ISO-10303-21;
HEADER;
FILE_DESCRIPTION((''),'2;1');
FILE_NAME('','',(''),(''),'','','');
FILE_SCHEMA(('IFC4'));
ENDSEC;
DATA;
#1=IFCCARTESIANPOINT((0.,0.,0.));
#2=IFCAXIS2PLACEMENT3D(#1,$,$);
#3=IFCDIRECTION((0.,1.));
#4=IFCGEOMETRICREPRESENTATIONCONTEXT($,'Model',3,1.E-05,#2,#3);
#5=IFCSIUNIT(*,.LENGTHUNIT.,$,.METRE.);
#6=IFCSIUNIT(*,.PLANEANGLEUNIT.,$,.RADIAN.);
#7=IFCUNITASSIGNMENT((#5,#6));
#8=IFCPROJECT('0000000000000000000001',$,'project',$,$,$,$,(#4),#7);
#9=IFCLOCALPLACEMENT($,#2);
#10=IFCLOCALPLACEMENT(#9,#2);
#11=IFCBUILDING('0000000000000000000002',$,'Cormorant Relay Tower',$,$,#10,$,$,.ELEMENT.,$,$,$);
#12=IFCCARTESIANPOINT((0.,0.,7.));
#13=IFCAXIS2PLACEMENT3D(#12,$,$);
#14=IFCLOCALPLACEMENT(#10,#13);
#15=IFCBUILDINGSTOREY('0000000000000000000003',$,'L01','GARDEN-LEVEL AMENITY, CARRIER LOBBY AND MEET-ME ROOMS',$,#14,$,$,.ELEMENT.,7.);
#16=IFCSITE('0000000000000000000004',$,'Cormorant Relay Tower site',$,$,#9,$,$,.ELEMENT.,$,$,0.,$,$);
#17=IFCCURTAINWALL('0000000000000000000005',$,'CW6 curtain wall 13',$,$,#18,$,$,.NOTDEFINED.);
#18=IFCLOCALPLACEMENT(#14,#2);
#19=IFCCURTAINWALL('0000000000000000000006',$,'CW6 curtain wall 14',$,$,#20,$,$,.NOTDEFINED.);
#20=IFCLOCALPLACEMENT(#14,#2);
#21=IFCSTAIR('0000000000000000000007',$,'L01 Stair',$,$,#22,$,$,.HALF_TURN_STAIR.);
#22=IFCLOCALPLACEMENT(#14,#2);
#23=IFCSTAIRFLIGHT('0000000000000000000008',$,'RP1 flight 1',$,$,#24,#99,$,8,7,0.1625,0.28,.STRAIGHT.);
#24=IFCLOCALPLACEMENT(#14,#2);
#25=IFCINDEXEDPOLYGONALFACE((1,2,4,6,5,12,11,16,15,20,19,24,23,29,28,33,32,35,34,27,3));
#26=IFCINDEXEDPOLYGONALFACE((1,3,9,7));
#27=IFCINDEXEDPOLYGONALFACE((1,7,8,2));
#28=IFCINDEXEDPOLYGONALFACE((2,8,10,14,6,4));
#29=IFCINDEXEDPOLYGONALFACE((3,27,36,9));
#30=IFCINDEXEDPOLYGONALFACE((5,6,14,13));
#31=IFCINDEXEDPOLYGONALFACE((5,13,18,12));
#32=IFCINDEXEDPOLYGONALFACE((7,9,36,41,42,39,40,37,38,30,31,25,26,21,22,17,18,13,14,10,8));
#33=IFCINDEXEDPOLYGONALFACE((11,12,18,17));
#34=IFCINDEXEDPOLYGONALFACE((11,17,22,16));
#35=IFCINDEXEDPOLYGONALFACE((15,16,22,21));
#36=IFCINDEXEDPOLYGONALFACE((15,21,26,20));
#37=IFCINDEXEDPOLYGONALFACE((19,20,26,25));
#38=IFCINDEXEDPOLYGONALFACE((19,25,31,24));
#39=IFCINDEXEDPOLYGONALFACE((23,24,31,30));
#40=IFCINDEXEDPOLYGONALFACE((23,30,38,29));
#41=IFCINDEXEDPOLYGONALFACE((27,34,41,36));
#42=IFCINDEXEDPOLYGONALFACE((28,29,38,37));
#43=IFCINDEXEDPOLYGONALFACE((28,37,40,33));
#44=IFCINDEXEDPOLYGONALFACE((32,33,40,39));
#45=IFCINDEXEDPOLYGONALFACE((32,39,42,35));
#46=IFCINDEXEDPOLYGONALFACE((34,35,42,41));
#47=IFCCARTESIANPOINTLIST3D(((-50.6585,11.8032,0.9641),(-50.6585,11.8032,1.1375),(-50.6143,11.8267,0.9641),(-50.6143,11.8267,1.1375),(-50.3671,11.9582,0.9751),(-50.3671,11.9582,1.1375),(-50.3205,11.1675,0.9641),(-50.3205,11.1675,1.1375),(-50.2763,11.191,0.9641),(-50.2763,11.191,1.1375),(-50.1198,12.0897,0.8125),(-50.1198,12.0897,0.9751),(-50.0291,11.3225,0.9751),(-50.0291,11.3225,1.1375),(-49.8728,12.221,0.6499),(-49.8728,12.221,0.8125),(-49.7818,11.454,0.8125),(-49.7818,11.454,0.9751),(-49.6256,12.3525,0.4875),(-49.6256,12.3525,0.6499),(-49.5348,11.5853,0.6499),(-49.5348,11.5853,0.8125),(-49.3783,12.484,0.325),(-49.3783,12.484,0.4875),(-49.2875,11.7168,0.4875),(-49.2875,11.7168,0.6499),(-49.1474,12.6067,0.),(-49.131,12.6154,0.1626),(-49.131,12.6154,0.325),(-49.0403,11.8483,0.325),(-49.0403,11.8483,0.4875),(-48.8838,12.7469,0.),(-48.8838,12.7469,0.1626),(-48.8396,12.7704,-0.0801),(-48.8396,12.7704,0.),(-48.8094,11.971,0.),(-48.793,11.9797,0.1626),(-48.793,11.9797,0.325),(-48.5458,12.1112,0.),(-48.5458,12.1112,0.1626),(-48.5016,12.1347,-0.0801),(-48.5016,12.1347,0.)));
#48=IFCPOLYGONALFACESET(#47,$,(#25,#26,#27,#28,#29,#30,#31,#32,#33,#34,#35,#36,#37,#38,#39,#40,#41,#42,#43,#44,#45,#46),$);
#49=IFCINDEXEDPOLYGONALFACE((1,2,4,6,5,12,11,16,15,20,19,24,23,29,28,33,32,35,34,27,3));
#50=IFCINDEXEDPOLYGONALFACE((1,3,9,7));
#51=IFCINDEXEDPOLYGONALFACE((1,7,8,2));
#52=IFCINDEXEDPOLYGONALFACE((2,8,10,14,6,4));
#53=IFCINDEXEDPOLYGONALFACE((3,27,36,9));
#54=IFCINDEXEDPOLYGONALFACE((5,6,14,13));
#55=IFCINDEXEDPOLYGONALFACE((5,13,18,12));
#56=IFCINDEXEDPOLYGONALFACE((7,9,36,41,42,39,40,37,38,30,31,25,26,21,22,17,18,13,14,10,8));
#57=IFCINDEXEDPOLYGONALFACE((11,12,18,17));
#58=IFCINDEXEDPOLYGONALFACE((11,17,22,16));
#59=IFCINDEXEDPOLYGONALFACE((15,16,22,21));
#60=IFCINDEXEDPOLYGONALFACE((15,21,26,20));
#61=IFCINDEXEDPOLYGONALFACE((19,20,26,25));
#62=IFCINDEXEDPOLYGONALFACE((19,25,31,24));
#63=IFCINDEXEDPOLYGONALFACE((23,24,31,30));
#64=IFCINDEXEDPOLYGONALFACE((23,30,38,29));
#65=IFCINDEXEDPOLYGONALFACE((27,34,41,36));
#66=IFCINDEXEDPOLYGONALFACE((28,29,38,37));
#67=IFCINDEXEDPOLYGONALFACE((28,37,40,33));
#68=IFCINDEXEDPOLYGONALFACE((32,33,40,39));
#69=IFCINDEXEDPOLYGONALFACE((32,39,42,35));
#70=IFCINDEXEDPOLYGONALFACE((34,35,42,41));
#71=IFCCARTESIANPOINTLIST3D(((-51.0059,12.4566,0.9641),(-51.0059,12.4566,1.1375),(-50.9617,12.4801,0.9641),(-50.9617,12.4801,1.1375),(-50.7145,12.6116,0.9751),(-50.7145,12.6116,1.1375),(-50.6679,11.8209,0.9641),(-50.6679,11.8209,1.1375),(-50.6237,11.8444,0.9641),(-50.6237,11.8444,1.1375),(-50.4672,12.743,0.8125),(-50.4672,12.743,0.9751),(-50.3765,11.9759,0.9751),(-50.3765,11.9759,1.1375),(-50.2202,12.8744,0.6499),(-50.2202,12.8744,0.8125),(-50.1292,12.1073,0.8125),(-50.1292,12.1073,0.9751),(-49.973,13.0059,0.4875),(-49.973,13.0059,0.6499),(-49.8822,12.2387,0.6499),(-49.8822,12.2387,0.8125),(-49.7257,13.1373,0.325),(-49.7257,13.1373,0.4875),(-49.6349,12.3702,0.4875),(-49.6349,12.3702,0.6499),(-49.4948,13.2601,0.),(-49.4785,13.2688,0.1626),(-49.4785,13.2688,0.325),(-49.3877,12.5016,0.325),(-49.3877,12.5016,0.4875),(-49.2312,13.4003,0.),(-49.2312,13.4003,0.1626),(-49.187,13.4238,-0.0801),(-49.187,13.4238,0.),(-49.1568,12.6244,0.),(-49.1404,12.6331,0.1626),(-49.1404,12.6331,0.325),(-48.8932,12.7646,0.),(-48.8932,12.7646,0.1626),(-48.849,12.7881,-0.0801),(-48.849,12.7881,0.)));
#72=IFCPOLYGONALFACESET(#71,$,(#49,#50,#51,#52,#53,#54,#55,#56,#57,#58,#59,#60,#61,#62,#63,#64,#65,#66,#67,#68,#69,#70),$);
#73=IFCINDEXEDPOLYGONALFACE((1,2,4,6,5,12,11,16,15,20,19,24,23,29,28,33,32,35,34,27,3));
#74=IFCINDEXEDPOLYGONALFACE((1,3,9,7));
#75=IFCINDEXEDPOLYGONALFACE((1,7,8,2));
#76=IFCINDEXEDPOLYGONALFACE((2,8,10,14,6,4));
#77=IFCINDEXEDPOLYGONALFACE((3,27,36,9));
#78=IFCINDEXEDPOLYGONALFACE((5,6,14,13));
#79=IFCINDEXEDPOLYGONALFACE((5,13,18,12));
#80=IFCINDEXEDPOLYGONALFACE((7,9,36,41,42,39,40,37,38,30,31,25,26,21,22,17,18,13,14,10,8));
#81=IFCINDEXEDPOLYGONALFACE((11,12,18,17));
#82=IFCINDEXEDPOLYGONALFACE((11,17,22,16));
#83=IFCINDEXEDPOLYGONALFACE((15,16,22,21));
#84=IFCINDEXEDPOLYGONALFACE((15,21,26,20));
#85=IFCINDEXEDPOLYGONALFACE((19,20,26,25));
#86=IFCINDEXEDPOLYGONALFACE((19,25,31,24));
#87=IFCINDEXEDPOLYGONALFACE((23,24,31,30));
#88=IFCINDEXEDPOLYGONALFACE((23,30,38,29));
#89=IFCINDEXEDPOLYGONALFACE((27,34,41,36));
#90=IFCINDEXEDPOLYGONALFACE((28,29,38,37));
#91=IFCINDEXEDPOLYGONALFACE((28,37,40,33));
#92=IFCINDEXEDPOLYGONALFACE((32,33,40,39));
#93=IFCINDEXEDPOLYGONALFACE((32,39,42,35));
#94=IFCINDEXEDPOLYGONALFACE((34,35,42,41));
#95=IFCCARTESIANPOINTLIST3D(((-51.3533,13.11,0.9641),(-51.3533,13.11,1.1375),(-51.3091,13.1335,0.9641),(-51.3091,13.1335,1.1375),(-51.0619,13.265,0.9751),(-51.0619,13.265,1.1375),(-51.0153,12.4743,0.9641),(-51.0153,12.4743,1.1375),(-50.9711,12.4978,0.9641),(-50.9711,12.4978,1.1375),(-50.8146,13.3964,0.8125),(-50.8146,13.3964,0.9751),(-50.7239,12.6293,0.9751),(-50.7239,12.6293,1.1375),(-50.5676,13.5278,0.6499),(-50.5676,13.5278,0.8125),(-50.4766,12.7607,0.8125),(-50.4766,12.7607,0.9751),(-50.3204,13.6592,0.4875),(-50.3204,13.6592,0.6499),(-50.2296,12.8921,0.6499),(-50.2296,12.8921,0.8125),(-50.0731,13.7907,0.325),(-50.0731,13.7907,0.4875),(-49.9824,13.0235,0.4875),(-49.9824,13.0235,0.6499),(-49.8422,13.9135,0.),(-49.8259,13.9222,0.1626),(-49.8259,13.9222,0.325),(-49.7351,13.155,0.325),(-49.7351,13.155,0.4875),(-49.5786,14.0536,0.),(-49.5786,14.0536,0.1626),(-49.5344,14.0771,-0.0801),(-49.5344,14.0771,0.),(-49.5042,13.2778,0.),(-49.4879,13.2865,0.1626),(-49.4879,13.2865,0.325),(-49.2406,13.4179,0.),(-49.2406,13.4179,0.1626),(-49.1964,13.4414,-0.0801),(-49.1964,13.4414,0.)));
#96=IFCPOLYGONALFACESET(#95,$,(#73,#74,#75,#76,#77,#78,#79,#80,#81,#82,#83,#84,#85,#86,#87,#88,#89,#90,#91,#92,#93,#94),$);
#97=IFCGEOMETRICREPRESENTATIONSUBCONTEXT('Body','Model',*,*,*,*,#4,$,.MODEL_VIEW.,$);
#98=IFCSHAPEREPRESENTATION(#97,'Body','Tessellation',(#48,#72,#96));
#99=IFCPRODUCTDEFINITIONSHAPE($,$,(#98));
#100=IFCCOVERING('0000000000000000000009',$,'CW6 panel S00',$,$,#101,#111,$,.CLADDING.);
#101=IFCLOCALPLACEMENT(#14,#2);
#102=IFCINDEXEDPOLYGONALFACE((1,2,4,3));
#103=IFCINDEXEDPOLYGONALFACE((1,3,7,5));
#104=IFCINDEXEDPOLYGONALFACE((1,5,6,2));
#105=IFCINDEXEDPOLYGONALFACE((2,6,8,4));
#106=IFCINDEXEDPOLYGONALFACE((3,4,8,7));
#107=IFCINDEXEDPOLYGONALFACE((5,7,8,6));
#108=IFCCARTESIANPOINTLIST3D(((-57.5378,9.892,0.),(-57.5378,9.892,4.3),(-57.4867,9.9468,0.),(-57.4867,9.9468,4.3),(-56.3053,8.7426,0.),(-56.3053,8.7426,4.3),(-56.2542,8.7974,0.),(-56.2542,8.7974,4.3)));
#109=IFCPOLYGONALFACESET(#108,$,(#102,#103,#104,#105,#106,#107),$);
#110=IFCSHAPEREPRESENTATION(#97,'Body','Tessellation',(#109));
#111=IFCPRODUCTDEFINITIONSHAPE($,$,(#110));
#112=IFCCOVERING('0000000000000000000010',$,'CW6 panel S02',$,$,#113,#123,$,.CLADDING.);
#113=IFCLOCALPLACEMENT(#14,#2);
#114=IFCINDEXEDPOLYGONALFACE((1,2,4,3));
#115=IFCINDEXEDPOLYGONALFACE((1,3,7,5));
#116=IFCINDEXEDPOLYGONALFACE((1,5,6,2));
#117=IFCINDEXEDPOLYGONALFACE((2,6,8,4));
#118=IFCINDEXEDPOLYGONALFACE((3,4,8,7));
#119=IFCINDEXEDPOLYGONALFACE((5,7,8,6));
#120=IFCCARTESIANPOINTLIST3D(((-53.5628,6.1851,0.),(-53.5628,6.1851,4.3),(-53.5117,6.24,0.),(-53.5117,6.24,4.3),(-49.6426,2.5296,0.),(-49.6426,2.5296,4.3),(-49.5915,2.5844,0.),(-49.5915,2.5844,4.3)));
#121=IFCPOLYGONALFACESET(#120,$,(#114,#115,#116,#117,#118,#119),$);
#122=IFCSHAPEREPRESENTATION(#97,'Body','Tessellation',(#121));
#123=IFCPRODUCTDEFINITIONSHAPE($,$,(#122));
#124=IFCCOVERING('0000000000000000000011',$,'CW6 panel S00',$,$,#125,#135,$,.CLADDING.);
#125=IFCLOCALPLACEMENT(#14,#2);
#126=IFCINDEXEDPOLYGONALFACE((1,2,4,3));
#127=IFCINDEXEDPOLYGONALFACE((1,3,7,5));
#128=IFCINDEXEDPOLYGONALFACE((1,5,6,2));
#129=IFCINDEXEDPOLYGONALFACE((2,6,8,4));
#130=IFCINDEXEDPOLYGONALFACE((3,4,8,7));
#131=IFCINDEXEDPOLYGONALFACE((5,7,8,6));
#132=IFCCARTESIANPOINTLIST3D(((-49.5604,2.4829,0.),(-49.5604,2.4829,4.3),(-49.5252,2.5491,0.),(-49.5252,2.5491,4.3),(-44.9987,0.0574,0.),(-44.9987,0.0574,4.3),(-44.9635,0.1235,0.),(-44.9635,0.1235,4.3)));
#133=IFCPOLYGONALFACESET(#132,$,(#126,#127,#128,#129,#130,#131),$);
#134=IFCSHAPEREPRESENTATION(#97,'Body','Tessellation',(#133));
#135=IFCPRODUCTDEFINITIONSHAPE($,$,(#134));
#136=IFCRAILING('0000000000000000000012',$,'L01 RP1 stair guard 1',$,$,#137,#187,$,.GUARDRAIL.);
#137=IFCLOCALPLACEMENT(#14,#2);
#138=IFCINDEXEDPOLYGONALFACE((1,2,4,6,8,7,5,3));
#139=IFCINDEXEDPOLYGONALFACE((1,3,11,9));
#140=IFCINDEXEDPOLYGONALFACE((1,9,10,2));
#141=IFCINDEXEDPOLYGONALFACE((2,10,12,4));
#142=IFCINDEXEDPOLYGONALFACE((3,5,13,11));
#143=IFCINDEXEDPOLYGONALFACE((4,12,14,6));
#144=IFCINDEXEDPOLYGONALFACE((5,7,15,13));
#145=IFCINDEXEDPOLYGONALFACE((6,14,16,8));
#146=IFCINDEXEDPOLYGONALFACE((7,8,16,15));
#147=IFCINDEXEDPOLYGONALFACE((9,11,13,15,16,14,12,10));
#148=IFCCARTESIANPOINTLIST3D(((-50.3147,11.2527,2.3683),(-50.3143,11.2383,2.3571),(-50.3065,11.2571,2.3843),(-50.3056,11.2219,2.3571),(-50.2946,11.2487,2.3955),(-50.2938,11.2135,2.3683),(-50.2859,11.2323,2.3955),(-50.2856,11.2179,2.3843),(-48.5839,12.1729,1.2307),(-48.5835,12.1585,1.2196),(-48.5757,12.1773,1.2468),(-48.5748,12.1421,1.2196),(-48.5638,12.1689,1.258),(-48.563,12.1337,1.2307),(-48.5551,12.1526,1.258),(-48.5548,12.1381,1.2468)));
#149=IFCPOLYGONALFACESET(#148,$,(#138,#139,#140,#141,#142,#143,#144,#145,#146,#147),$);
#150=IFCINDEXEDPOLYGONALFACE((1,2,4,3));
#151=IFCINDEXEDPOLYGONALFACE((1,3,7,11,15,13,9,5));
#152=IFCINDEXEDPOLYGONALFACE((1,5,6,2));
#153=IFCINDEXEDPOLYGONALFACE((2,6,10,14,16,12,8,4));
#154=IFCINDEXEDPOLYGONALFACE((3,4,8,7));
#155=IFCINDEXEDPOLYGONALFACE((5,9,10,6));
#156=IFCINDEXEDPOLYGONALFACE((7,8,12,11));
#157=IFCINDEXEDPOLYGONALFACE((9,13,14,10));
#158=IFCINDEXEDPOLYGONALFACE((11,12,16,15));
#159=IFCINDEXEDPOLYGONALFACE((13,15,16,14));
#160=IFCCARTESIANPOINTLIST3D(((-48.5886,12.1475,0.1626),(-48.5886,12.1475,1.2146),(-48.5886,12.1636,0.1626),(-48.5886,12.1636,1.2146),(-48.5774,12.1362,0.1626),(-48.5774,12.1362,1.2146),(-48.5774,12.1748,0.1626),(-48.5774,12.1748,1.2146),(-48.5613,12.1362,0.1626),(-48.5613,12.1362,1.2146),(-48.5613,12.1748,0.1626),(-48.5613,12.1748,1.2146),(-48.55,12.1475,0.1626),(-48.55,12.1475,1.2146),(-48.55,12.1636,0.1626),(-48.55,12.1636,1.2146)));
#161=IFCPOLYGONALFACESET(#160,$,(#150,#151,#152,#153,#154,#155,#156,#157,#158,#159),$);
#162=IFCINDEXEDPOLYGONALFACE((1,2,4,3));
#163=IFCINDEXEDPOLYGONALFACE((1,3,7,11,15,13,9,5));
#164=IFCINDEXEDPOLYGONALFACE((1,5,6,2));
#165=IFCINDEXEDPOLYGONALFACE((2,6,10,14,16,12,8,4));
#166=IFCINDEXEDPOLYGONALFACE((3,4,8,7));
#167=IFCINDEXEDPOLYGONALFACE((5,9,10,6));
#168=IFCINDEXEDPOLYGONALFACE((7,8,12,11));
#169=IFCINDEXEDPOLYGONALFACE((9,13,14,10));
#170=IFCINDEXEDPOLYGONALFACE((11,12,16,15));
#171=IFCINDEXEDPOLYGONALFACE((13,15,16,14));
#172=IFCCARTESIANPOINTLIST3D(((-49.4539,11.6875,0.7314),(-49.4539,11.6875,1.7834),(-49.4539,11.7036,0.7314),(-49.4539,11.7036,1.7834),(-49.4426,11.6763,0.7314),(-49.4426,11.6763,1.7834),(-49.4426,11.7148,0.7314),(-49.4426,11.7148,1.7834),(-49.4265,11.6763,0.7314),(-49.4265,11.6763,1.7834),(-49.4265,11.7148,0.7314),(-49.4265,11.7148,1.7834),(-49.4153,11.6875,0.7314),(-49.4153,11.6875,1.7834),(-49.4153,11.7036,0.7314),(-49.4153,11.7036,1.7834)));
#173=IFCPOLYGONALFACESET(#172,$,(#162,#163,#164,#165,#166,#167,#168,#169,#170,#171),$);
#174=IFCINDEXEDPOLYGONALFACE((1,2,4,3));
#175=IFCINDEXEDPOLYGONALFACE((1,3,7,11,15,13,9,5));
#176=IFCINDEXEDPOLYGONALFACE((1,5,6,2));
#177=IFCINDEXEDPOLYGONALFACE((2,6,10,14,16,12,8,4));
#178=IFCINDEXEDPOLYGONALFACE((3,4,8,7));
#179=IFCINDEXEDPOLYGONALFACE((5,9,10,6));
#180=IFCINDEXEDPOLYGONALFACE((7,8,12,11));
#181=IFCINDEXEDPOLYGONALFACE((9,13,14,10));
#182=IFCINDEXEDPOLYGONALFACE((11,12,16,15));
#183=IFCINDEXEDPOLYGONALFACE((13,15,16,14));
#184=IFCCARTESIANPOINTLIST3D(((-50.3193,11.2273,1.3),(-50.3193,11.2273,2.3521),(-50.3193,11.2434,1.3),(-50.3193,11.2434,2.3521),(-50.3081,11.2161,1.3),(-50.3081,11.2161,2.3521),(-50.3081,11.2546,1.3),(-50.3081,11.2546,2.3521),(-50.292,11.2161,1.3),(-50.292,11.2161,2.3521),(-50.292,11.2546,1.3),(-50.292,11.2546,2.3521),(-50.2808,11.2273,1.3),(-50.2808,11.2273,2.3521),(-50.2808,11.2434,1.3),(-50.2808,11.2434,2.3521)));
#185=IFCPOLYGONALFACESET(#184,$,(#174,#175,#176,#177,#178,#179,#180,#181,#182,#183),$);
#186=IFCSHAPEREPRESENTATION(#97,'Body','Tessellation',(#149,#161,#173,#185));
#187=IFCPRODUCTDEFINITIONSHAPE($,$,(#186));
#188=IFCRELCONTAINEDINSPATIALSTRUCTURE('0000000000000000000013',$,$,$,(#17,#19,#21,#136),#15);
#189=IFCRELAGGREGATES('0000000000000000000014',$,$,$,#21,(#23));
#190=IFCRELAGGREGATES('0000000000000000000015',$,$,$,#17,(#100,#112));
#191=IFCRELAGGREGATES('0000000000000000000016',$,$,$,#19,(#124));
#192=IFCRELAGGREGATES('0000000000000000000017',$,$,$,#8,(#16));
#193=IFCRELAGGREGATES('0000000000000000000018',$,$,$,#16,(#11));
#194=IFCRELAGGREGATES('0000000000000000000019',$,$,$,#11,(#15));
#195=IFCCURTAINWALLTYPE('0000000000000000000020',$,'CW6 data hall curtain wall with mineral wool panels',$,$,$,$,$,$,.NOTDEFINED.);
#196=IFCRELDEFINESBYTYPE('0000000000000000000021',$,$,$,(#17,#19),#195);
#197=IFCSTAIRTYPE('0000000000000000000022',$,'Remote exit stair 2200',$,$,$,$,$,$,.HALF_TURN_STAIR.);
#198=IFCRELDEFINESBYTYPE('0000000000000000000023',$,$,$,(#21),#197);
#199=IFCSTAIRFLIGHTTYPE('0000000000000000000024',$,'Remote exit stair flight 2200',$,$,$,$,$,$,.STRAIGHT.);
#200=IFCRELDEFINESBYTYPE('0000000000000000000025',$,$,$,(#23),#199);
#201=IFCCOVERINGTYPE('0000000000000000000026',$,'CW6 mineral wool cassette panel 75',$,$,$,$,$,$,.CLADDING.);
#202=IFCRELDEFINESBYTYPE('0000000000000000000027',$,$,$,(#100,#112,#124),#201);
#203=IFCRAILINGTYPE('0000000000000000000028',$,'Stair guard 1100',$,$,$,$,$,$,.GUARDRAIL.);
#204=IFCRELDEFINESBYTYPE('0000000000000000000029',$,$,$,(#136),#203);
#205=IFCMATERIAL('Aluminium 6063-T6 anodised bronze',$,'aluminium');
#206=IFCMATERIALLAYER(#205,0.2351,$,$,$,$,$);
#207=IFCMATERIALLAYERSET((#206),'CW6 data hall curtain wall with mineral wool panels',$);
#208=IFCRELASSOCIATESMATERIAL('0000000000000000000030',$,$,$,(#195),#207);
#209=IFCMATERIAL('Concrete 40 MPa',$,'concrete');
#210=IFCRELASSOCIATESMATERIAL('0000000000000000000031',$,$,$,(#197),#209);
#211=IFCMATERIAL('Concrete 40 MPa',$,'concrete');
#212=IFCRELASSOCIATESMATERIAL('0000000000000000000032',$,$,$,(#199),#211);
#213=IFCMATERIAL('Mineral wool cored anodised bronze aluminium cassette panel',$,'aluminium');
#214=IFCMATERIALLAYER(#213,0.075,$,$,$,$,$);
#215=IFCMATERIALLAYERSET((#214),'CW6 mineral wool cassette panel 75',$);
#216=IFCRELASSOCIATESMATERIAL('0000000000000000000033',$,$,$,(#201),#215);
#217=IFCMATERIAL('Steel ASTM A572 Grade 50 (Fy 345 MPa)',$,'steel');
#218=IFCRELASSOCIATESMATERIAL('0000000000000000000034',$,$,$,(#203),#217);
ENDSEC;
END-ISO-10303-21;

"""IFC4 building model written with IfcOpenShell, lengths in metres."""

from ifc_helpers import new_model, si_unit, direction, frame, origin, origin_2d, place, context, subcontext, project, spatial, polyline, rectangle, outline, extrude, material, layer, layer_set, type_object, element, aggregate, save


model = new_model("IFC4")

# Units and contexts
model_context = context("Model", 3, precision=1e-05, world=origin(), true_north=direction((0.0, 1.0)))
body_context = subcontext(model_context, "Body", "Model", "MODEL_VIEW")
ifc_project = project(units=[si_unit("LENGTHUNIT", "METRE"), si_unit("PLANEANGLEUNIT", "RADIAN")], contexts=[model_context])

# Site, building, storey
site_placement = place(None, origin())
site = spatial("IfcSite", under=ifc_project, at=site_placement, Name="Cormorant Relay Tower site", CompositionType="ELEMENT", RefElevation=0.0)
building_placement = place(site_placement, origin())
building = spatial("IfcBuilding", under=site, at=building_placement, Name="Cormorant Relay Tower", CompositionType="ELEMENT")
storey_placement = place(building_placement, frame((0.0, 0.0, 7.0)))
storey = spatial("IfcBuildingStorey", under=building, at=storey_placement, Name="L01", Description="GARDEN-LEVEL AMENITY, CARRIER LOBBY AND MEET-ME ROOMS", CompositionType="ELEMENT", Elevation=7.0)

# Curtain wall
ifc_material_1 = material(Name="Aluminium 6063-T6 anodised bronze", Category="aluminium")
ifc_layer_1 = layer(ifc_material_1, 0.2351)
ifc_layer_set_1 = layer_set([ifc_layer_1], Name="CW6 data hall curtain wall with mineral wool panels")
curtain_wall_type = type_object("IfcCurtainWallType", Name="CW6 data hall curtain wall with mineral wool panels", PredefinedType="NOTDEFINED", material=ifc_layer_set_1)
curtain_wall_1_placement = place(storey_placement, origin())
curtain_wall_1 = element("IfcCurtainWall", 1, at=curtain_wall_1_placement, inside=storey, type_object=curtain_wall_type, Name="CW6 curtain wall 13", PredefinedType="NOTDEFINED")

# Curtain wall
curtain_wall_2_placement = place(storey_placement, origin())
curtain_wall_2 = element("IfcCurtainWall", 2, at=curtain_wall_2_placement, inside=storey, type_object=curtain_wall_type, Name="CW6 curtain wall 14", PredefinedType="NOTDEFINED")

# Stair, stair flight
ifc_material_2 = material(Name="Concrete 40 MPa", Category="concrete")
stair_type = type_object("IfcStairType", Name="Remote exit stair 2200", PredefinedType="HALF_TURN_STAIR", material=ifc_material_2)
stair_placement = place(storey_placement, origin())
stair = element("IfcStair", 3, at=stair_placement, inside=storey, type_object=stair_type, Name="L01 Stair", PredefinedType="HALF_TURN_STAIR")
ifc_material_3 = material(Name="Concrete 40 MPa", Category="concrete")
stair_flight_type = type_object("IfcStairFlightType", Name="Remote exit stair flight 2200", PredefinedType="STRAIGHT", material=ifc_material_3)
stair_flight_1_placement = place(storey_placement, frame((-49.0623, 13.0825, 0.0), z_axis=(0.0, 0.0, 1.0), x_axis=(-0.882948, -0.469472, 0.0)))
stair_flight_1 = element("IfcStairFlight", 4, at=stair_flight_1_placement, type_object=stair_flight_type, Name="RP1 flight 1", NumberOfRisers=8, NumberOfTreads=7, PredefinedType="STRAIGHT", RiserHeight=0.1625, TreadLength=0.28, context=body_context, shape_type="SweptSolid", body=[
    extrude(outline(polyline([(-0.05, -0.0801), (-0.05, 0.0), (0.0, 0.0), (0.0, 0.1626), (0.28, 0.1626), (0.28, 0.325), (0.5601, 0.325), (0.5601, 0.4875), (0.8401, 0.4875), (0.8401, 0.6499), (1.1201, 0.6499), (1.1201, 0.8125), (1.3999, 0.8125), (1.3999, 0.9751), (1.6799, 0.9751), (1.6799, 1.1375), (1.96, 1.1375), (2.01, 1.1375), (2.01, 0.9641), (1.96, 0.9641), (0.2986, 0.0), (-0.05, -0.0801)])), frame((0.0, 1.1001, 0.0), z_axis=(0.0, -1.0, 0.0), x_axis=(1.0, 0.0, 0.0)), (0.0, 0.0, 1.0), 0.72),
    extrude(outline(polyline([(-0.05, -0.0801), (-0.05, 0.0), (0.0, 0.0), (0.0, 0.1626), (0.28, 0.1626), (0.28, 0.325), (0.5601, 0.325), (0.5601, 0.4875), (0.8401, 0.4875), (0.8401, 0.6499), (1.1201, 0.6499), (1.1201, 0.8125), (1.3999, 0.8125), (1.3999, 0.9751), (1.6799, 0.9751), (1.6799, 1.1375), (1.96, 1.1375), (2.01, 1.1375), (2.01, 0.9641), (1.96, 0.9641), (0.2986, 0.0), (-0.05, -0.0801)])), frame((0.0, 0.3601, 0.0), z_axis=(0.0, -1.0, 0.0), x_axis=(1.0, 0.0, 0.0)), (0.0, 0.0, 1.0), 0.72),
    extrude(outline(polyline([(-0.05, -0.0801), (-0.05, 0.0), (0.0, 0.0), (0.0, 0.1626), (0.28, 0.1626), (0.28, 0.325), (0.5601, 0.325), (0.5601, 0.4875), (0.8401, 0.4875), (0.8401, 0.6499), (1.1201, 0.6499), (1.1201, 0.8125), (1.3999, 0.8125), (1.3999, 0.9751), (1.6799, 0.9751), (1.6799, 1.1375), (1.96, 1.1375), (2.01, 1.1375), (2.01, 0.9641), (1.96, 0.9641), (0.2986, 0.0), (-0.05, -0.0801)])), frame((0.0, -0.3799, 0.0), z_axis=(0.0, -1.0, 0.0), x_axis=(1.0, 0.0, 0.0)), (0.0, 0.0, 1.0), 0.72),
])
aggregate(stair, [stair_flight_1])

# Coverings
ifc_material_4 = material(Name="Mineral wool cored anodised bronze aluminium cassette panel", Category="aluminium")
ifc_layer_2 = layer(ifc_material_4, 0.075)
ifc_layer_set_2 = layer_set([ifc_layer_2], Name="CW6 mineral wool cassette panel 75")
covering_type = type_object("IfcCoveringType", Name="CW6 mineral wool cassette panel 75", PredefinedType="CLADDING", material=ifc_layer_set_2)
covering_1_placement = place(storey_placement, frame((-56.896, 9.3447, 0.0), z_axis=(0.0, 0.0, 1.0), x_axis=(0.731354, -0.681998, 0.0)))
covering_1 = element("IfcCovering", 5, at=covering_1_placement, type_object=covering_type, Name="CW6 panel S00", PredefinedType="CLADDING", context=body_context, shape_type="SweptSolid", body=[
    extrude(rectangle(XDim=1.6853, YDim=0.075, at=origin_2d()), origin(), (0.0, 0.0, 1.0), 4.3),
])
covering_2_placement = place(storey_placement, frame((-51.5771, 4.3848, 0.0), z_axis=(0.0, 0.0, 1.0), x_axis=(0.731354, -0.681998, 0.0)))
covering_2 = element("IfcCovering", 6, at=covering_2_placement, type_object=covering_type, Name="CW6 panel S02", PredefinedType="CLADDING", context=body_context, shape_type="SweptSolid", body=[
    extrude(rectangle(XDim=5.3601, YDim=0.075, at=origin_2d()), origin(), (0.0, 0.0, 1.0), 4.3),
])
aggregate(curtain_wall_1, [covering_1, covering_2])
covering_3_placement = place(storey_placement, frame((-47.262, 1.3032, 0.0), z_axis=(0.0, 0.0, 1.0), x_axis=(0.882948, -0.469472, 0.0)))
covering_3 = element("IfcCovering", 7, at=covering_3_placement, type_object=covering_type, Name="CW6 panel S00", PredefinedType="CLADDING", context=body_context, shape_type="SweptSolid", body=[
    extrude(rectangle(XDim=5.1665, YDim=0.075, at=origin_2d()), origin(), (0.0, 0.0, 1.0), 4.3),
])
aggregate(curtain_wall_2, [covering_3])

# Railing
ifc_material_5 = material(Name="Steel ASTM A572 Grade 50 (Fy 345 MPa)", Category="steel")
railing_type_1 = type_object("IfcRailingType", Name="Stair guard 1100", PredefinedType="GUARDRAIL", material=ifc_material_5)
railing_1_placement = place(storey_placement, frame((-48.5693, 12.1555, 0.1626)))
element("IfcRailing", 8, at=railing_1_placement, inside=storey, type_object=railing_type_1, Name="L01 RP1 stair guard 1", PredefinedType="GUARDRAIL", context=body_context, shape_type="SweptSolid", body=[
    extrude(outline(polyline([(0.0222, 0.0093), (0.0093, 0.0222), (-0.0093, 0.0222), (-0.0222, 0.0093), (-0.0222, -0.0093), (-0.0093, -0.0222), (0.0093, -0.0222), (0.0222, -0.0093), (0.0222, 0.0093)])), frame((0.0, 0.0, 1.0762), z_axis=(-0.763692, -0.406031, 0.50191), x_axis=(0.469444, -0.882962, 0.0)), (0.0, 0.0, 1.0), 2.2664),
    extrude(outline(polyline([(0.0193, 0.0081), (0.0081, 0.0193), (-0.0081, 0.0193), (-0.0193, 0.0081), (-0.0193, -0.0081), (-0.0081, -0.0193), (0.0081, -0.0193), (0.0193, -0.0081), (0.0193, 0.0081)])), origin(), (0.0, 0.0, 1.0), 1.052),
    extrude(outline(polyline([(0.0193, 0.0081), (0.0081, 0.0193), (-0.0081, 0.0193), (-0.0193, 0.0081), (-0.0193, -0.0081), (-0.0081, -0.0193), (0.0081, -0.0193), (0.0193, -0.0081), (0.0193, 0.0081)])), frame((-0.8652, -0.46, 0.5688)), (0.0, 0.0, 1.0), 1.052),
    extrude(outline(polyline([(0.0193, 0.0081), (0.0081, 0.0193), (-0.0081, 0.0193), (-0.0193, 0.0081), (-0.0193, -0.0081), (-0.0081, -0.0193), (0.0081, -0.0193), (0.0193, -0.0081), (0.0193, 0.0081)])), frame((-1.7307, -0.9202, 1.1375)), (0.0, 0.0, 1.0), 1.052),
])

save(model, "model.ifc")
